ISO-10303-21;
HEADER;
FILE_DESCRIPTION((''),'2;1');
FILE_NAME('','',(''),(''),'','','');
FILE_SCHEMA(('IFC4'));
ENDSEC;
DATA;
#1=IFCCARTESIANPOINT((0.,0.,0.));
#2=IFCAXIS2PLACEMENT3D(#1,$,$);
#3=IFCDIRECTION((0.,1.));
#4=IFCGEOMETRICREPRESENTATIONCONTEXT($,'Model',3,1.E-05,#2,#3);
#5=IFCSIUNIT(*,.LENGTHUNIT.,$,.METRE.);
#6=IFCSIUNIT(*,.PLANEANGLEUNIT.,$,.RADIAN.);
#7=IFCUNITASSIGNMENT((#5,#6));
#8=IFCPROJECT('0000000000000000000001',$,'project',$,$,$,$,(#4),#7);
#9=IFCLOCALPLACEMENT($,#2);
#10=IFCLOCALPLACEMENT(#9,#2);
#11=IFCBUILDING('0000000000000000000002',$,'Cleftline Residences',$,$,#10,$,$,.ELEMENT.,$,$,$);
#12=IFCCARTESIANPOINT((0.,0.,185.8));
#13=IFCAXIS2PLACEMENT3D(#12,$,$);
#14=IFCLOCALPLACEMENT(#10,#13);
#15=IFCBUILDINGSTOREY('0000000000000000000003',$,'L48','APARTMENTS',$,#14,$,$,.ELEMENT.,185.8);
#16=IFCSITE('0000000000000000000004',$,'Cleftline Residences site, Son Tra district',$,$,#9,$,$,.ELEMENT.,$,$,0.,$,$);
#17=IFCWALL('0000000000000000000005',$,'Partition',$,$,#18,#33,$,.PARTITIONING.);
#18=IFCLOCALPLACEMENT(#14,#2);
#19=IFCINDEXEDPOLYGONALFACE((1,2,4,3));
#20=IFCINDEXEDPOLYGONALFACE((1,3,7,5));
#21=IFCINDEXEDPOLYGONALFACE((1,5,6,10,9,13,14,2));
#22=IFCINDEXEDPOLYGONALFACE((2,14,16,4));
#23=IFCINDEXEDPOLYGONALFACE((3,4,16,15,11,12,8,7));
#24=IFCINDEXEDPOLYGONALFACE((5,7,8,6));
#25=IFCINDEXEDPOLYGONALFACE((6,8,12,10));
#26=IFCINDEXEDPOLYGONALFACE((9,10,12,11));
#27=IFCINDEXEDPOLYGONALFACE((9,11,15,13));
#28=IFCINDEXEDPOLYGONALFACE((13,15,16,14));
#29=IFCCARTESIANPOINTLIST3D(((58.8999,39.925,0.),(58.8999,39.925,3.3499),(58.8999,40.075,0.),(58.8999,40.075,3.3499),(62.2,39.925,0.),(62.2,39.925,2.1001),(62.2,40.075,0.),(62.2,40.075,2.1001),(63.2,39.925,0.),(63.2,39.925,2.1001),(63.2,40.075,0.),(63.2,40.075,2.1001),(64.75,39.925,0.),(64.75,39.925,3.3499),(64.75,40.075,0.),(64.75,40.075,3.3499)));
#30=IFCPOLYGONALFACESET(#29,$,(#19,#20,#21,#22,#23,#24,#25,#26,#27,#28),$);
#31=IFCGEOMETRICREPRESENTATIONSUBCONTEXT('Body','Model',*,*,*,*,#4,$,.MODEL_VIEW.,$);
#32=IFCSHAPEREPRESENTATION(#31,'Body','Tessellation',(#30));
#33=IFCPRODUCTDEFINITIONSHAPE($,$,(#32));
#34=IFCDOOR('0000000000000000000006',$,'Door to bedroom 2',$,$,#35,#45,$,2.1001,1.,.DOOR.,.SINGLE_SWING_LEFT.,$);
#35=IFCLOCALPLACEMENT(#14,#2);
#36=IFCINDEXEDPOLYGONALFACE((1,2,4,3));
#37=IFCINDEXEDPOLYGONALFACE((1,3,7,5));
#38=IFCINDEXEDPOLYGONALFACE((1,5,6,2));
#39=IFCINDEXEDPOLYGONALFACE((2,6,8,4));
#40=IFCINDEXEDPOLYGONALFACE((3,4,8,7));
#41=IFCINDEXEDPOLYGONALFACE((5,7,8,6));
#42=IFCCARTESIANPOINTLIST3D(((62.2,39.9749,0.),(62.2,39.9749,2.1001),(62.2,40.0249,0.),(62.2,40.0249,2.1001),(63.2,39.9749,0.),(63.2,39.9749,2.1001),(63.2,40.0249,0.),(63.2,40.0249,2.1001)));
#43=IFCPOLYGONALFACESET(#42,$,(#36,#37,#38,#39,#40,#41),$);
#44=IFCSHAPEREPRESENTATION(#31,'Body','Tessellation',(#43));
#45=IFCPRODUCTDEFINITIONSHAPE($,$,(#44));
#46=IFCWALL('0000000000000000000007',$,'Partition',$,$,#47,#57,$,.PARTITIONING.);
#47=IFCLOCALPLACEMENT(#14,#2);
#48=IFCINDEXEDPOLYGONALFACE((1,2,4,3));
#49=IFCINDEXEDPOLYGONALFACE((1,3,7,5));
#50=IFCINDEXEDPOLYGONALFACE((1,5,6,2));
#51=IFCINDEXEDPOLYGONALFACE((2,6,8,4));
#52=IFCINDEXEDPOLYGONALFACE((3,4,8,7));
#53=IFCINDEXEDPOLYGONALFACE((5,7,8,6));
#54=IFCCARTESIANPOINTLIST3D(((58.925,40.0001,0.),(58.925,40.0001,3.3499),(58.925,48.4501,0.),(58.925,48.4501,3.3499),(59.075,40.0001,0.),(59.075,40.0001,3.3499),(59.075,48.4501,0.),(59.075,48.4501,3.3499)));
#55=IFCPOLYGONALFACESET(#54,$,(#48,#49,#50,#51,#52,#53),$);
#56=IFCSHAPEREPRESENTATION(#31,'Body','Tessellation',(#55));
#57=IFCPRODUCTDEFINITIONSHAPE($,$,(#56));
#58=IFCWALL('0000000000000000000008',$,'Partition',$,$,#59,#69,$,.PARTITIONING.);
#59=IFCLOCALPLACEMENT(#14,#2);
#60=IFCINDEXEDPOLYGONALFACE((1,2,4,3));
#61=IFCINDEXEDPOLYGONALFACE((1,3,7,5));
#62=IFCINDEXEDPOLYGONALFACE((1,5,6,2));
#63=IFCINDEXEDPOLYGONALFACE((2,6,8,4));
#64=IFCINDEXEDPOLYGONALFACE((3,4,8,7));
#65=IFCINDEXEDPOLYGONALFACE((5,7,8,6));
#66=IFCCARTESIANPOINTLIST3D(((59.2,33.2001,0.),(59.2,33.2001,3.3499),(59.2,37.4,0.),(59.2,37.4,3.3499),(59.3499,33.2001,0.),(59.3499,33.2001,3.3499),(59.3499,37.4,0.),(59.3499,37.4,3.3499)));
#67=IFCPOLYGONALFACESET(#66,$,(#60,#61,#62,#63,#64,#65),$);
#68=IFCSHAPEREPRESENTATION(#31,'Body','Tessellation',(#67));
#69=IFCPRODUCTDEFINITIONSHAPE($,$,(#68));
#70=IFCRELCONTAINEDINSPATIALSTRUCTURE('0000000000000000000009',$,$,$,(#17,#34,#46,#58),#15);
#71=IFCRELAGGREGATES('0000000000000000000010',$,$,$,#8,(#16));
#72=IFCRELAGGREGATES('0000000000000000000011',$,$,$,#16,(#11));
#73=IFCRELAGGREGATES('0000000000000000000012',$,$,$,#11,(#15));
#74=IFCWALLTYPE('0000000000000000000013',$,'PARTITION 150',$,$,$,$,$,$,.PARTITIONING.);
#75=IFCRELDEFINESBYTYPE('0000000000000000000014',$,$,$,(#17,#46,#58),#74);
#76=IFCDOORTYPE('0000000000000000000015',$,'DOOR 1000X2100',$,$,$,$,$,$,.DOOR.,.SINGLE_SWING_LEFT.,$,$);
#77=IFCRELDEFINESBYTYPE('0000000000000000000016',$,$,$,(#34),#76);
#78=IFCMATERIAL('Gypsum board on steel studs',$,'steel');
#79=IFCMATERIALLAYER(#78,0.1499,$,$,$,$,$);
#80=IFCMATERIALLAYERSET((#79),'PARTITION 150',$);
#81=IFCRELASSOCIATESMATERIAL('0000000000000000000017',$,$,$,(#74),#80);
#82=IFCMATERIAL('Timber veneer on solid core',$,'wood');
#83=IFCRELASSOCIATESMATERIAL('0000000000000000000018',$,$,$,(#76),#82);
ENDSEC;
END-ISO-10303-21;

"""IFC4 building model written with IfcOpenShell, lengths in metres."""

from ifc_helpers import new_model, si_unit, direction, frame, frame_2d, origin, place, context, subcontext, project, spatial, rectangle, extrude, material, layer, layer_set, type_object, element, fill, save


model = new_model("IFC4")

# Units and contexts
model_context = context("Model", 3, precision=1e-05, world=origin(), true_north=direction((0.0, 1.0)))
body_context = subcontext(model_context, "Body", "Model", "MODEL_VIEW")
ifc_project = project(units=[si_unit("LENGTHUNIT", "METRE"), si_unit("PLANEANGLEUNIT", "RADIAN")], contexts=[model_context])

# Site, building, storey
site_placement = place(None, origin())
site = spatial("IfcSite", under=ifc_project, at=site_placement, Name="Cleftline Residences site, Son Tra district", CompositionType="ELEMENT", RefElevation=0.0)
building_placement = place(site_placement, origin())
building = spatial("IfcBuilding", under=site, at=building_placement, Name="Cleftline Residences", CompositionType="ELEMENT")
storey_placement = place(building_placement, frame((0.0, 0.0, 185.8)))
storey = spatial("IfcBuildingStorey", under=building, at=storey_placement, Name="L48", Description="APARTMENTS", CompositionType="ELEMENT", Elevation=185.8)

# Shared definitions
ifc_material_1 = material(Name="Gypsum board on steel studs", Category="steel")
ifc_layer = layer(ifc_material_1, 0.1499)
ifc_layer_set = layer_set([ifc_layer], Name="PARTITION 150")
wall_type = type_object("IfcWallType", Name="PARTITION 150", PredefinedType="PARTITIONING", material=ifc_layer_set)

# Wall, opening, door
wall_1_placement = place(storey_placement, frame((58.8999, 40.0, 0.0), z_axis=(0.0, 0.0, 1.0), x_axis=(1.0, 0.0, 0.0)))
wall_1 = element("IfcWall", 1, at=wall_1_placement, inside=storey, type_object=wall_type, Name="Partition", PredefinedType="PARTITIONING", context=body_context, shape_type="SweptSolid", body=[
    extrude(rectangle(XDim=5.8501, YDim=0.1499, at=frame_2d((2.925, 0.0))), origin(), (0.0, 0.0, 1.0), 3.3499),
])
opening_placement = place(wall_1_placement, frame((3.3, 0.0, 0.0)))
opening = element("IfcOpeningElement", 2, at=opening_placement, cuts=wall_1, PredefinedType="OPENING", context=body_context, shape_type="SweptSolid", body=[
    extrude(rectangle(XDim=1.0, YDim=2.1001, at=frame_2d((0.5, 1.05))), frame((0.0, 0.085, 0.0), z_axis=(0.0, -1.0, 0.0), x_axis=(1.0, 0.0, 0.0)), (0.0, 0.0, 1.0), 0.1699),
])
ifc_material_2 = material(Name="Timber veneer on solid core", Category="wood")
door_type = type_object("IfcDoorType", Name="DOOR 1000X2100", OperationType="SINGLE_SWING_LEFT", PredefinedType="DOOR", material=ifc_material_2)
door_placement = place(opening_placement, origin())
door = element("IfcDoor", 3, at=door_placement, inside=storey, type_object=door_type, Name="Door to bedroom 2", OperationType="SINGLE_SWING_LEFT", OverallHeight=2.1001, OverallWidth=1.0, PredefinedType="DOOR", context=body_context, shape_type="SweptSolid", body=[
    extrude(rectangle(XDim=1.0, YDim=2.1001, at=frame_2d((0.5, 1.05))), frame((0.0, 0.0249, 0.0), z_axis=(0.0, -1.0, 0.0), x_axis=(1.0, 0.0, 0.0)), (0.0, 0.0, 1.0), 0.05),
])
fill(opening, door)

# Walls
wall_2_placement = place(storey_placement, frame((59.0, 40.0, 0.0), z_axis=(0.0, 0.0, 1.0), x_axis=(0.0, 1.0, 0.0)))
element("IfcWall", 4, at=wall_2_placement, inside=storey, type_object=wall_type, Name="Partition", PredefinedType="PARTITIONING", context=body_context, shape_type="SweptSolid", body=[
    extrude(rectangle(XDim=8.45, YDim=0.1499, at=frame_2d((4.2251, 0.0))), origin(), (0.0, 0.0, 1.0), 3.3499),
])
wall_3_placement = place(storey_placement, frame((59.2749, 33.2, 0.0), z_axis=(0.0, 0.0, 1.0), x_axis=(0.0, 1.0, 0.0)))
element("IfcWall", 5, at=wall_3_placement, inside=storey, type_object=wall_type, Name="Partition", PredefinedType="PARTITIONING", context=body_context, shape_type="SweptSolid", body=[
    extrude(rectangle(XDim=4.2, YDim=0.1499, at=frame_2d((2.1001, 0.0))), origin(), (0.0, 0.0, 1.0), 3.3499),
])

save(model, "model.ifc")
